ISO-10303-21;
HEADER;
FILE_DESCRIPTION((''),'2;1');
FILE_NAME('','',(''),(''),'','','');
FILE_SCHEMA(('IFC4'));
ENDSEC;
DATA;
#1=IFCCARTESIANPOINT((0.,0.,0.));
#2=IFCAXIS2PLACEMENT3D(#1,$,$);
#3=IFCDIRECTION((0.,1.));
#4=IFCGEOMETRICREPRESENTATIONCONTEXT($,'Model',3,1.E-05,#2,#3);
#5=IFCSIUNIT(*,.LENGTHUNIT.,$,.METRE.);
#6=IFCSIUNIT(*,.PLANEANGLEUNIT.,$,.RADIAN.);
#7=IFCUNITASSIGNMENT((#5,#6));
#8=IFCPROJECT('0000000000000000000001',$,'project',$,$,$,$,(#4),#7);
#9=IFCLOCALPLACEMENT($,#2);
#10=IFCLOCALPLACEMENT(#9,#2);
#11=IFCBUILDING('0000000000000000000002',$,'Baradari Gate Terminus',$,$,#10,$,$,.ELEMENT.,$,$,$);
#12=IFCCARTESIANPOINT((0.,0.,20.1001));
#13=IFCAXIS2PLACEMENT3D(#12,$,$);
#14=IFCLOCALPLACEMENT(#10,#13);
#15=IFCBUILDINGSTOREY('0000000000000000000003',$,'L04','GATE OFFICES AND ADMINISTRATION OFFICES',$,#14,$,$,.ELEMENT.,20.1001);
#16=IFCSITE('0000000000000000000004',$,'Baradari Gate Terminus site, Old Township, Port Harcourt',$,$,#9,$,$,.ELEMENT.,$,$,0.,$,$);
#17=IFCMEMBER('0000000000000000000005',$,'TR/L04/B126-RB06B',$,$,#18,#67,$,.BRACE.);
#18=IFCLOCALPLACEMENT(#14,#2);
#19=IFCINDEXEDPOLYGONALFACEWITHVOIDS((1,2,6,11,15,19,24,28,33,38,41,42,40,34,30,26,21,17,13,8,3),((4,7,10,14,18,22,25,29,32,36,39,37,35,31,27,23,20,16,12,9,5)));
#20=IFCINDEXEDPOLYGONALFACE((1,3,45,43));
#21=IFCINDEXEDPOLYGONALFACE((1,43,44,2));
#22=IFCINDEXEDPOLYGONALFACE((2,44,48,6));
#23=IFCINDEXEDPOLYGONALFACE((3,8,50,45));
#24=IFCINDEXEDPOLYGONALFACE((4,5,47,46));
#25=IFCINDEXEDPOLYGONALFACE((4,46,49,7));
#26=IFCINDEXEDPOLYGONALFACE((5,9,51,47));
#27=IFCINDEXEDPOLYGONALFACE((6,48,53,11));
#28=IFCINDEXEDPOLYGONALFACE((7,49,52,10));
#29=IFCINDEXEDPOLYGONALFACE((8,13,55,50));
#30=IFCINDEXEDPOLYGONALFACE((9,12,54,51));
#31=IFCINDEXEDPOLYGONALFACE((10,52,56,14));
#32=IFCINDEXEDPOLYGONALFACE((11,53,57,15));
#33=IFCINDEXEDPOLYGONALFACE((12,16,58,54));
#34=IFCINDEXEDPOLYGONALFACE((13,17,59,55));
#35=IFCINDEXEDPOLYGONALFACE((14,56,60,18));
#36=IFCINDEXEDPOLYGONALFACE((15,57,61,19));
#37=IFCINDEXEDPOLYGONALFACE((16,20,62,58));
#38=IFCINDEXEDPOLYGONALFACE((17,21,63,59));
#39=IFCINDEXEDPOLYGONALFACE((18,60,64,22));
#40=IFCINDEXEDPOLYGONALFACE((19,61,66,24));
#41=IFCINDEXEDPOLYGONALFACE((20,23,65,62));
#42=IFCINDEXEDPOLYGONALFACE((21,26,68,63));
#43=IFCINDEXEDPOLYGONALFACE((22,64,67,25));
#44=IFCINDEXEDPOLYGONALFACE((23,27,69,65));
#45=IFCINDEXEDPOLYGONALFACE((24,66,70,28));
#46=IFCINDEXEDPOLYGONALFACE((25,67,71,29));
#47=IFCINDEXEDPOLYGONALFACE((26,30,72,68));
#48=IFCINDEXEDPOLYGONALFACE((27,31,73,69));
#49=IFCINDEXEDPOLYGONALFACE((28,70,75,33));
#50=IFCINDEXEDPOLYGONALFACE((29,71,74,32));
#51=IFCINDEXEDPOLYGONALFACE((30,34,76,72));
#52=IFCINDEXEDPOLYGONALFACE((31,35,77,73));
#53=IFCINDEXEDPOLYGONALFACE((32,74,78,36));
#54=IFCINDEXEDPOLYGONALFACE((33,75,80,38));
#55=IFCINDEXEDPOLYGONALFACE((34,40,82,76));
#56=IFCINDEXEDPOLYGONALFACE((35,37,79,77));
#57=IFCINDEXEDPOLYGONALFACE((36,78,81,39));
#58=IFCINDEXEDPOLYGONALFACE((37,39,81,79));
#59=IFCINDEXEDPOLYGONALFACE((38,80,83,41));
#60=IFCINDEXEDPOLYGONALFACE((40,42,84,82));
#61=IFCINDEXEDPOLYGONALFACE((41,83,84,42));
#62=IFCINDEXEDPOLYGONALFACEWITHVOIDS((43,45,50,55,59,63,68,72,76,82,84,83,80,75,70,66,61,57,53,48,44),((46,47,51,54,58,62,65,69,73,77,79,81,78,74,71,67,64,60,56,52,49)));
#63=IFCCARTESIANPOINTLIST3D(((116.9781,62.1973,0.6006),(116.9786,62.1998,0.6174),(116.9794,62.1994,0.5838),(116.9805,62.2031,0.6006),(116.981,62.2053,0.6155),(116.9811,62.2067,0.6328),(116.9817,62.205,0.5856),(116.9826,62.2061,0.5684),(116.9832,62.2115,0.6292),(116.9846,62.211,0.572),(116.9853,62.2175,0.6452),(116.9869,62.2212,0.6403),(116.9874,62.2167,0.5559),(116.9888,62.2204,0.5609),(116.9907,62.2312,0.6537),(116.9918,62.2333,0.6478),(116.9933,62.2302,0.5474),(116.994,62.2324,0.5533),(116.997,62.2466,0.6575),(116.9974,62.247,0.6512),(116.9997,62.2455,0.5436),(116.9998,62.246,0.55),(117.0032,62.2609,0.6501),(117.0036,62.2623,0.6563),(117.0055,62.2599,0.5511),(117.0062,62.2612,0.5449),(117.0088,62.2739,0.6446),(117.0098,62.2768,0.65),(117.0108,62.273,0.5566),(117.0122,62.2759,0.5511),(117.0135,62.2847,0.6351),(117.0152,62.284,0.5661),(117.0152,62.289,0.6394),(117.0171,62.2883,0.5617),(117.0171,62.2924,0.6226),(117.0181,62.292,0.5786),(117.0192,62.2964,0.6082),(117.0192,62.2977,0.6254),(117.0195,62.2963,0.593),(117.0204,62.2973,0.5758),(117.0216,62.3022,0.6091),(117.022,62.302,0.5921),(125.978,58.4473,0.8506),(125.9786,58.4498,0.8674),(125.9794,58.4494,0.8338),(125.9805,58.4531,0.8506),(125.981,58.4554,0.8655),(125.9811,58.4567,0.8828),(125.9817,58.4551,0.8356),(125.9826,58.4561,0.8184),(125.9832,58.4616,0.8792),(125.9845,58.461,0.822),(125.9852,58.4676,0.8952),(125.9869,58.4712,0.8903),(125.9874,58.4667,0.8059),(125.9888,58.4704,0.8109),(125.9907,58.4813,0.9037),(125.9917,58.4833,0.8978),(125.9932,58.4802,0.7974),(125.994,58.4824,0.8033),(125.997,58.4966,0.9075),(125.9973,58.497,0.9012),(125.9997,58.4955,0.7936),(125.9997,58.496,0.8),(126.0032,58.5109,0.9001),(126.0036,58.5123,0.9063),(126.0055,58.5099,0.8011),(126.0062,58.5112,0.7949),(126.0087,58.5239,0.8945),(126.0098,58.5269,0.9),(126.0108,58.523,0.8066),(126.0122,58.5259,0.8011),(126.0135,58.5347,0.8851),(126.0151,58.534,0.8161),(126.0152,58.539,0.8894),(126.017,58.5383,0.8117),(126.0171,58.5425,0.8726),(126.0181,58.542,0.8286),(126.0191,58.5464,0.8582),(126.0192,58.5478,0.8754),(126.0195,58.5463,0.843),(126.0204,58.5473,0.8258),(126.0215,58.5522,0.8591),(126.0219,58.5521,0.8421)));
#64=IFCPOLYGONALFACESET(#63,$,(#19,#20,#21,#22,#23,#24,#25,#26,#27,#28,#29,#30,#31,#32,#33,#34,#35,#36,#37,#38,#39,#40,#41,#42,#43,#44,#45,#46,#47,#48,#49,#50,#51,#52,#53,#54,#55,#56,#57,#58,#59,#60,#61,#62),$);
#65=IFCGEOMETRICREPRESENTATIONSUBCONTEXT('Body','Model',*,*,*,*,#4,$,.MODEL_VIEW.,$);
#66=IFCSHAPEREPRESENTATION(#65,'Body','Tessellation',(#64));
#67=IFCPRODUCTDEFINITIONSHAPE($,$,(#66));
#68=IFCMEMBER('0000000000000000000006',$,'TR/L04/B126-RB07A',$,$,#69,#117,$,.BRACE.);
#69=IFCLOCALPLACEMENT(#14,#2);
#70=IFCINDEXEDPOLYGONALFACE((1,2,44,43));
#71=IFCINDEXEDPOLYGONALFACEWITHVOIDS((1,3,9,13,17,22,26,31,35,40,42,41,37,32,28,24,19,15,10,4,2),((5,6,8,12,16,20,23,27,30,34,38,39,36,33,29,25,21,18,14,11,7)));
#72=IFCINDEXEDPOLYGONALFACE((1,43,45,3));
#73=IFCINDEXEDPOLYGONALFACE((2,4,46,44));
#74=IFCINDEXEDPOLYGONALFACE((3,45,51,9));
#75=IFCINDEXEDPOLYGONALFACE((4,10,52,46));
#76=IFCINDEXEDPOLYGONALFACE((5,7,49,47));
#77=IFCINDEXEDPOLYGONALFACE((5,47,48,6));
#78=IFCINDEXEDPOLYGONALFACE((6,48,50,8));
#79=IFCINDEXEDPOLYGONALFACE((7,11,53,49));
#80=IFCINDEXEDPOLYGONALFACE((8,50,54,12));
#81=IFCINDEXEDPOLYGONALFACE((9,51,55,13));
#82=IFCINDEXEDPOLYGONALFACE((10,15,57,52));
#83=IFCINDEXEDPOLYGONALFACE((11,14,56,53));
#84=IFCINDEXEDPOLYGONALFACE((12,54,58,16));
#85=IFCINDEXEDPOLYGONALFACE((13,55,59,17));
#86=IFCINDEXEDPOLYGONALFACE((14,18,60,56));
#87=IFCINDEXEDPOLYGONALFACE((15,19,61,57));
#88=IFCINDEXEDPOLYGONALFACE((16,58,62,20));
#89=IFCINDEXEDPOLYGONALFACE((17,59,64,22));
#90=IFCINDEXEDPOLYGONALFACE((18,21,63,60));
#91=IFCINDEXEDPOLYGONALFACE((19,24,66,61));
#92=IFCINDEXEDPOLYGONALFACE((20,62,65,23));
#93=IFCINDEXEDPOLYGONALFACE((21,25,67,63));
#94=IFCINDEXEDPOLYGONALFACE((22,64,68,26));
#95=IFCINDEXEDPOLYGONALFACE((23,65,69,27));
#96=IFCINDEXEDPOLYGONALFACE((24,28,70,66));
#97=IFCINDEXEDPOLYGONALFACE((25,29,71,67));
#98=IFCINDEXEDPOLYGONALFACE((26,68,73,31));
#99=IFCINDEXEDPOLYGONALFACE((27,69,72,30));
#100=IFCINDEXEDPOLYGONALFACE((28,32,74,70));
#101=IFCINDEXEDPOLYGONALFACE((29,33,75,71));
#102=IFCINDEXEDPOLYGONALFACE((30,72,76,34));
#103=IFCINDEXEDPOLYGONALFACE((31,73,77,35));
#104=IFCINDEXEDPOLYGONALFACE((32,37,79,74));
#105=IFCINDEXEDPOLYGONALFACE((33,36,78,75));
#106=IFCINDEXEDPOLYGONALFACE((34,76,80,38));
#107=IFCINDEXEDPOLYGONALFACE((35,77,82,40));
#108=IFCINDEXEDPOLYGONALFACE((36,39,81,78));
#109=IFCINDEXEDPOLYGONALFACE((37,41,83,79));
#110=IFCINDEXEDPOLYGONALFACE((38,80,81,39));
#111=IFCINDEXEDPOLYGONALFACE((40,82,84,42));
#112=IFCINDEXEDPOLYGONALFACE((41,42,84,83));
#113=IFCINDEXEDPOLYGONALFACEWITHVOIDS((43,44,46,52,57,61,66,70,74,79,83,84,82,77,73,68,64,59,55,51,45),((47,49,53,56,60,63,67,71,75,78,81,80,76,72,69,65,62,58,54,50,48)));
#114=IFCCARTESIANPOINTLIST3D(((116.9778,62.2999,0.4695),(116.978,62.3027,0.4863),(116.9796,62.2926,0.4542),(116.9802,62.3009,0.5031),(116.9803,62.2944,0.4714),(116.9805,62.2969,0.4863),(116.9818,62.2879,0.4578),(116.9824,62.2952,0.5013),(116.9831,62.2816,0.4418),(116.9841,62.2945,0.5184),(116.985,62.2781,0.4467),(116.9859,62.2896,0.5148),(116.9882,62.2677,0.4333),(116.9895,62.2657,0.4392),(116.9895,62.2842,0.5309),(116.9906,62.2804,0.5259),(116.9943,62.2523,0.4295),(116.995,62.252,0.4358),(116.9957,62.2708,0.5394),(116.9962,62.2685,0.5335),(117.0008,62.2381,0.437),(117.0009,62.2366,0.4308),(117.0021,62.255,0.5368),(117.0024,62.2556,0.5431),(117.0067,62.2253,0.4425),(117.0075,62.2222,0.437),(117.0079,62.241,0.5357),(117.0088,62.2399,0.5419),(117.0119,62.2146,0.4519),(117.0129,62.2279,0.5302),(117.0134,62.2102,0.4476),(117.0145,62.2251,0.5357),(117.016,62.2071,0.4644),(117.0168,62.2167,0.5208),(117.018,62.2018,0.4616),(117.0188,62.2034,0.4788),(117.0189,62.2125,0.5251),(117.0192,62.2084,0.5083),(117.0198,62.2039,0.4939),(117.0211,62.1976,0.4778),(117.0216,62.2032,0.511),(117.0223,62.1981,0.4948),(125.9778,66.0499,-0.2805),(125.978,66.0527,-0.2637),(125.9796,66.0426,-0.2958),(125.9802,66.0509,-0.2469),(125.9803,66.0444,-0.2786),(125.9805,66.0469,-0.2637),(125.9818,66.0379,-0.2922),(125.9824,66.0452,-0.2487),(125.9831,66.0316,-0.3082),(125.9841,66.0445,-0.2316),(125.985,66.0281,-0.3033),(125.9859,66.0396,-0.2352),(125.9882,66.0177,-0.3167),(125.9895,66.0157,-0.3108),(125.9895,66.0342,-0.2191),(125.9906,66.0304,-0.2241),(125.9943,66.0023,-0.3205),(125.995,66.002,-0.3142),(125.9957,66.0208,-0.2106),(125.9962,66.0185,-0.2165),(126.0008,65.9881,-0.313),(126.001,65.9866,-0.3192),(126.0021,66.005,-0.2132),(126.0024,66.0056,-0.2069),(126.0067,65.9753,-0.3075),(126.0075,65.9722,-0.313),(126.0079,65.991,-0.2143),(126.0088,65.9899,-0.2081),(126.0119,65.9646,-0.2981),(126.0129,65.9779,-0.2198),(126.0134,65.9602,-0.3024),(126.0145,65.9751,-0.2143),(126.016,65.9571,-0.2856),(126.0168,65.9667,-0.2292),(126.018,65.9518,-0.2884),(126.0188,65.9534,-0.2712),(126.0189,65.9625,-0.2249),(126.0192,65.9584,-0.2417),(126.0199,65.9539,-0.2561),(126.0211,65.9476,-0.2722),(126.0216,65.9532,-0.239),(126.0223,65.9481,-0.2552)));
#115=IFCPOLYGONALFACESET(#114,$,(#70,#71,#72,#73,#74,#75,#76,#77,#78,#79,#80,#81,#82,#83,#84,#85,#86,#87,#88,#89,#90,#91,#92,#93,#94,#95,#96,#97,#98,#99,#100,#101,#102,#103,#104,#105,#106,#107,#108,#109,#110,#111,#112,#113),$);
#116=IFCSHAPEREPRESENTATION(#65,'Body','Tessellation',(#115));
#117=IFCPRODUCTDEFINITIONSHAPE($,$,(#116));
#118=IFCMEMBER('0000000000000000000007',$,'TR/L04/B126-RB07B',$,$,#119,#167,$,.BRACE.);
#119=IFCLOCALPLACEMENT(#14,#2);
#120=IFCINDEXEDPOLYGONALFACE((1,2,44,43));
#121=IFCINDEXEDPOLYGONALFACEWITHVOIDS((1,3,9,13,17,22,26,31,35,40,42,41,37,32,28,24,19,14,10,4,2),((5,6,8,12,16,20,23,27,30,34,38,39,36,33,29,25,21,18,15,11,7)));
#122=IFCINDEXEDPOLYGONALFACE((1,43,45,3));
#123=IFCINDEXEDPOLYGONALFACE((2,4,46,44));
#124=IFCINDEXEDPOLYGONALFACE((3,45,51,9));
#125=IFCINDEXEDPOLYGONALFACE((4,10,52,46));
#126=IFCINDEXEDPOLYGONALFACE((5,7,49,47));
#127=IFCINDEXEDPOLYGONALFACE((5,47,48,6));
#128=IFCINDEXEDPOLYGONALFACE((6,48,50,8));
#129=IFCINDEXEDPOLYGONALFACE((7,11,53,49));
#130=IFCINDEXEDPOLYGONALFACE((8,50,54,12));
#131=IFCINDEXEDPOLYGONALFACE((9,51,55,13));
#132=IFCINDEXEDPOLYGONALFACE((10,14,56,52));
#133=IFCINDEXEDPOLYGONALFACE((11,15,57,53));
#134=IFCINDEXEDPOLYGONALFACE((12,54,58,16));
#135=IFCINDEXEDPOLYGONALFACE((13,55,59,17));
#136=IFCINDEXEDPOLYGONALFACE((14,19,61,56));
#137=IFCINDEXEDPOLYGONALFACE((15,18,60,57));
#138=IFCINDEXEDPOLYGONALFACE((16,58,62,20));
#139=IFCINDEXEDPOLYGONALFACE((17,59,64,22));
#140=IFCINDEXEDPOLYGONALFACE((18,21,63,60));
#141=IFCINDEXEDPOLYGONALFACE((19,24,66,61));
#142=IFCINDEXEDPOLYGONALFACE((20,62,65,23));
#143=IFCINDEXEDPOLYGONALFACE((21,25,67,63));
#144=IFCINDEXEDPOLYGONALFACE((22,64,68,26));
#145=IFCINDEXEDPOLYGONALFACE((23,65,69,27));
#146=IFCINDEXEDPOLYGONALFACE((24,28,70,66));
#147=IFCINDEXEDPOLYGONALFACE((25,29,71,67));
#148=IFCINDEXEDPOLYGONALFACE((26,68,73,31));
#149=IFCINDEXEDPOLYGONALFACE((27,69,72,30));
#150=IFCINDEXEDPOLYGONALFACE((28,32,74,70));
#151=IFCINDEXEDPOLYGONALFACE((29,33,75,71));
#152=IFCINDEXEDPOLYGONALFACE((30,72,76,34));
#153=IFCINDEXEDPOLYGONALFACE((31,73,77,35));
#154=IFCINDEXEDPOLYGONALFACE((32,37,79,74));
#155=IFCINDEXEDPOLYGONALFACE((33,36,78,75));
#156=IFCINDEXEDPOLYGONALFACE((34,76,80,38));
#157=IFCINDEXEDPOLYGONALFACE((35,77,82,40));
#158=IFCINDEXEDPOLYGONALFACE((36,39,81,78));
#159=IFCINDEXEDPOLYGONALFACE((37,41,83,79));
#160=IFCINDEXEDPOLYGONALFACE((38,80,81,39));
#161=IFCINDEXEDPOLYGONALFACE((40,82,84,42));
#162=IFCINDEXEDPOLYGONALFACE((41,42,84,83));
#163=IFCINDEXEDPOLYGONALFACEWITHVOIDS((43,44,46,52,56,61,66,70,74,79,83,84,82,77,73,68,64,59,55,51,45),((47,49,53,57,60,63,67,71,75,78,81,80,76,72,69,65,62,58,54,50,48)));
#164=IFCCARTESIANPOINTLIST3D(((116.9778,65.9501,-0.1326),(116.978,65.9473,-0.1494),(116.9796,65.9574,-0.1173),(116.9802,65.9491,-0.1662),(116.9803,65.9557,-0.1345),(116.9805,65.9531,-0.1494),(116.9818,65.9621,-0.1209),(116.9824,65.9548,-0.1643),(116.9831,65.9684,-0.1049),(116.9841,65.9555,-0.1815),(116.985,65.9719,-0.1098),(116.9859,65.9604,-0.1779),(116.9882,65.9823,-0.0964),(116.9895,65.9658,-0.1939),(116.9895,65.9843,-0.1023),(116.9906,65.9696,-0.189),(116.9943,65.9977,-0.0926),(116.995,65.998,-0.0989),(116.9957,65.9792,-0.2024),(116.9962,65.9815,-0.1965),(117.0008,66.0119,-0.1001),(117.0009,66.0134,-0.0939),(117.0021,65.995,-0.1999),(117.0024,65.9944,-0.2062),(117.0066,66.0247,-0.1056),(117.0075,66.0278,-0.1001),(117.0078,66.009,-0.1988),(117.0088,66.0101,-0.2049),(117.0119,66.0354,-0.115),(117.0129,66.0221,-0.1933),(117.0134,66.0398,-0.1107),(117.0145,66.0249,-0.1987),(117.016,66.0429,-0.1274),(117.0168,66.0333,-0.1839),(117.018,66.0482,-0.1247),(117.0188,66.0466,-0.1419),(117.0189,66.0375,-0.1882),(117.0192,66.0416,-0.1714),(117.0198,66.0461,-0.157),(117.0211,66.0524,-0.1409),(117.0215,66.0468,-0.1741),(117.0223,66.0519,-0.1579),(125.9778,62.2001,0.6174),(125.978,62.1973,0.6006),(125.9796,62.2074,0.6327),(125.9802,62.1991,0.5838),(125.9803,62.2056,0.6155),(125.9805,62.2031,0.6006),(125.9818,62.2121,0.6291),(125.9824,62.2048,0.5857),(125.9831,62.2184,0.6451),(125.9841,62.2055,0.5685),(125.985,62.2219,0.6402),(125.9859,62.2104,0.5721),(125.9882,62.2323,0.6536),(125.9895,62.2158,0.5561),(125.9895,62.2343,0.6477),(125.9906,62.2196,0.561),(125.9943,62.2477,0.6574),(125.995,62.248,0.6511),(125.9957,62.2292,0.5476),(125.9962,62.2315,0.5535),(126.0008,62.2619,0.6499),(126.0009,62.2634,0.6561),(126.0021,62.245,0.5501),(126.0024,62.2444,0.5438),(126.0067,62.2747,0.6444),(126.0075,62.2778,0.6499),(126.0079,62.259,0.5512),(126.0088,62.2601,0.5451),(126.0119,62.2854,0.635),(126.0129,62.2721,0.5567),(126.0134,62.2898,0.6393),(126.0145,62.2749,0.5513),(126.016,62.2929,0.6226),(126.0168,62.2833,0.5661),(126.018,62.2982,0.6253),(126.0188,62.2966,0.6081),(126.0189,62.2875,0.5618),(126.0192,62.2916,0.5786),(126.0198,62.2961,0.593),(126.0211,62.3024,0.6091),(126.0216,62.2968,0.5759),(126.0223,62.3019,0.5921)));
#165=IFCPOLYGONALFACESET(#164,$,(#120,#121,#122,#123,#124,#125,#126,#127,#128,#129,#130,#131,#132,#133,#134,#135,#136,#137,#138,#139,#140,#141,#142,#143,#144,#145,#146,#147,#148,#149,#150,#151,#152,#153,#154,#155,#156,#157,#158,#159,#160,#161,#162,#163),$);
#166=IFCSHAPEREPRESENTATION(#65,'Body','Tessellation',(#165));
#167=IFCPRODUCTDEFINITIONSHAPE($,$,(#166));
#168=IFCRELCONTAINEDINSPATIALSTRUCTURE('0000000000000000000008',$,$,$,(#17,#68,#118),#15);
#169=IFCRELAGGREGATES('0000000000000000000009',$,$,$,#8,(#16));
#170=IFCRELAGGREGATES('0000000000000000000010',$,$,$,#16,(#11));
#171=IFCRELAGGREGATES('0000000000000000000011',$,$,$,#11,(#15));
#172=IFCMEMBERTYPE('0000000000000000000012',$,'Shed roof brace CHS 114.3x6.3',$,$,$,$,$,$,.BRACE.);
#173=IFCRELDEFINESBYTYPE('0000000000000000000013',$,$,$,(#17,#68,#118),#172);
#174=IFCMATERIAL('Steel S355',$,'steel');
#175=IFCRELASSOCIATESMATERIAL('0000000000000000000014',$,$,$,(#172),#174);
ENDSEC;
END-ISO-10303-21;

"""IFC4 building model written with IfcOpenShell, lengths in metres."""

from ifc_helpers import new_model, si_unit, direction, frame, origin, origin_2d, place, context, subcontext, project, spatial, hollow_circle, extrude, material, material_profile, profile_set, type_object, element, save


model = new_model("IFC4")

# Units and contexts
model_context = context("Model", 3, precision=1e-05, world=origin(), true_north=direction((0.0, 1.0)))
body_context = subcontext(model_context, "Body", "Model", "MODEL_VIEW")
ifc_project = project(units=[si_unit("LENGTHUNIT", "METRE"), si_unit("PLANEANGLEUNIT", "RADIAN")], contexts=[model_context])

# Site, building, storey
site_placement = place(None, origin())
site = spatial("IfcSite", under=ifc_project, at=site_placement, Name="Baradari Gate Terminus site, Old Township, Port Harcourt", CompositionType="ELEMENT", RefElevation=0.0)
building_placement = place(site_placement, origin())
building = spatial("IfcBuilding", under=site, at=building_placement, Name="Baradari Gate Terminus", CompositionType="ELEMENT")
storey_placement = place(building_placement, frame((0.0, 0.0, 20.1001)))
storey = spatial("IfcBuildingStorey", under=building, at=storey_placement, Name="L04", Description="GATE OFFICES AND ADMINISTRATION OFFICES", CompositionType="ELEMENT", Elevation=20.1001)

# Members
ifc_material_1 = material(Name="Steel S355", Category="steel")
ifc_material_profile_1 = material_profile(ifc_material_1, hollow_circle(Radius=0.0571, WallThickness=0.0063, at=origin_2d()), Name="CHS 114.3x6.3")
ifc_profile_set_1 = profile_set([ifc_material_profile_1], Name="Steel S355")
member_type_1 = type_object("IfcMemberType", Name="Shed roof brace CHS 114.3x6.3", PredefinedType="BRACE", material=ifc_profile_set_1)
member_1_placement = place(storey_placement, frame((126.0, 58.5, 0.8506), z_axis=(-0.922774, 0.384489, -0.025633), x_axis=(-0.384615, -0.923077, 0.0)))
element("IfcMember", 1, at=member_1_placement, inside=storey, type_object=member_type_1, Name="TR/L04/B126-RB06B", PredefinedType="BRACE", context=body_context, shape_type="SweptSolid", body=[
    extrude(hollow_circle(Radius=0.0571, WallThickness=0.0063, at=origin_2d()), origin(), (0.0, 0.0, 1.0), 9.7532),
])
for number, where, z_axis, x_axis, name in (
    (2, (117.0, 62.25, 0.4863), (0.920358, 0.383482, -0.076696), (-0.384615, 0.923077, 0.0), "TR/L04/B126-RB07A"),
    (3, (126.0, 62.25, 0.6006), (-0.920358, 0.383482, -0.076696), (-0.384615, -0.923077, 0.0), "TR/L04/B126-RB07B"),
):
    element("IfcMember", number, at=place(storey_placement, frame(where, z_axis=z_axis, x_axis=x_axis)), inside=storey, type_object=member_type_1, Name=name, PredefinedType="BRACE", context=body_context, shape_type="SweptSolid", body=[
        extrude(hollow_circle(Radius=0.0571, WallThickness=0.0063, at=origin_2d()), origin(), (0.0, 0.0, 1.0), 9.7788),
    ])

save(model, "model.ifc")
